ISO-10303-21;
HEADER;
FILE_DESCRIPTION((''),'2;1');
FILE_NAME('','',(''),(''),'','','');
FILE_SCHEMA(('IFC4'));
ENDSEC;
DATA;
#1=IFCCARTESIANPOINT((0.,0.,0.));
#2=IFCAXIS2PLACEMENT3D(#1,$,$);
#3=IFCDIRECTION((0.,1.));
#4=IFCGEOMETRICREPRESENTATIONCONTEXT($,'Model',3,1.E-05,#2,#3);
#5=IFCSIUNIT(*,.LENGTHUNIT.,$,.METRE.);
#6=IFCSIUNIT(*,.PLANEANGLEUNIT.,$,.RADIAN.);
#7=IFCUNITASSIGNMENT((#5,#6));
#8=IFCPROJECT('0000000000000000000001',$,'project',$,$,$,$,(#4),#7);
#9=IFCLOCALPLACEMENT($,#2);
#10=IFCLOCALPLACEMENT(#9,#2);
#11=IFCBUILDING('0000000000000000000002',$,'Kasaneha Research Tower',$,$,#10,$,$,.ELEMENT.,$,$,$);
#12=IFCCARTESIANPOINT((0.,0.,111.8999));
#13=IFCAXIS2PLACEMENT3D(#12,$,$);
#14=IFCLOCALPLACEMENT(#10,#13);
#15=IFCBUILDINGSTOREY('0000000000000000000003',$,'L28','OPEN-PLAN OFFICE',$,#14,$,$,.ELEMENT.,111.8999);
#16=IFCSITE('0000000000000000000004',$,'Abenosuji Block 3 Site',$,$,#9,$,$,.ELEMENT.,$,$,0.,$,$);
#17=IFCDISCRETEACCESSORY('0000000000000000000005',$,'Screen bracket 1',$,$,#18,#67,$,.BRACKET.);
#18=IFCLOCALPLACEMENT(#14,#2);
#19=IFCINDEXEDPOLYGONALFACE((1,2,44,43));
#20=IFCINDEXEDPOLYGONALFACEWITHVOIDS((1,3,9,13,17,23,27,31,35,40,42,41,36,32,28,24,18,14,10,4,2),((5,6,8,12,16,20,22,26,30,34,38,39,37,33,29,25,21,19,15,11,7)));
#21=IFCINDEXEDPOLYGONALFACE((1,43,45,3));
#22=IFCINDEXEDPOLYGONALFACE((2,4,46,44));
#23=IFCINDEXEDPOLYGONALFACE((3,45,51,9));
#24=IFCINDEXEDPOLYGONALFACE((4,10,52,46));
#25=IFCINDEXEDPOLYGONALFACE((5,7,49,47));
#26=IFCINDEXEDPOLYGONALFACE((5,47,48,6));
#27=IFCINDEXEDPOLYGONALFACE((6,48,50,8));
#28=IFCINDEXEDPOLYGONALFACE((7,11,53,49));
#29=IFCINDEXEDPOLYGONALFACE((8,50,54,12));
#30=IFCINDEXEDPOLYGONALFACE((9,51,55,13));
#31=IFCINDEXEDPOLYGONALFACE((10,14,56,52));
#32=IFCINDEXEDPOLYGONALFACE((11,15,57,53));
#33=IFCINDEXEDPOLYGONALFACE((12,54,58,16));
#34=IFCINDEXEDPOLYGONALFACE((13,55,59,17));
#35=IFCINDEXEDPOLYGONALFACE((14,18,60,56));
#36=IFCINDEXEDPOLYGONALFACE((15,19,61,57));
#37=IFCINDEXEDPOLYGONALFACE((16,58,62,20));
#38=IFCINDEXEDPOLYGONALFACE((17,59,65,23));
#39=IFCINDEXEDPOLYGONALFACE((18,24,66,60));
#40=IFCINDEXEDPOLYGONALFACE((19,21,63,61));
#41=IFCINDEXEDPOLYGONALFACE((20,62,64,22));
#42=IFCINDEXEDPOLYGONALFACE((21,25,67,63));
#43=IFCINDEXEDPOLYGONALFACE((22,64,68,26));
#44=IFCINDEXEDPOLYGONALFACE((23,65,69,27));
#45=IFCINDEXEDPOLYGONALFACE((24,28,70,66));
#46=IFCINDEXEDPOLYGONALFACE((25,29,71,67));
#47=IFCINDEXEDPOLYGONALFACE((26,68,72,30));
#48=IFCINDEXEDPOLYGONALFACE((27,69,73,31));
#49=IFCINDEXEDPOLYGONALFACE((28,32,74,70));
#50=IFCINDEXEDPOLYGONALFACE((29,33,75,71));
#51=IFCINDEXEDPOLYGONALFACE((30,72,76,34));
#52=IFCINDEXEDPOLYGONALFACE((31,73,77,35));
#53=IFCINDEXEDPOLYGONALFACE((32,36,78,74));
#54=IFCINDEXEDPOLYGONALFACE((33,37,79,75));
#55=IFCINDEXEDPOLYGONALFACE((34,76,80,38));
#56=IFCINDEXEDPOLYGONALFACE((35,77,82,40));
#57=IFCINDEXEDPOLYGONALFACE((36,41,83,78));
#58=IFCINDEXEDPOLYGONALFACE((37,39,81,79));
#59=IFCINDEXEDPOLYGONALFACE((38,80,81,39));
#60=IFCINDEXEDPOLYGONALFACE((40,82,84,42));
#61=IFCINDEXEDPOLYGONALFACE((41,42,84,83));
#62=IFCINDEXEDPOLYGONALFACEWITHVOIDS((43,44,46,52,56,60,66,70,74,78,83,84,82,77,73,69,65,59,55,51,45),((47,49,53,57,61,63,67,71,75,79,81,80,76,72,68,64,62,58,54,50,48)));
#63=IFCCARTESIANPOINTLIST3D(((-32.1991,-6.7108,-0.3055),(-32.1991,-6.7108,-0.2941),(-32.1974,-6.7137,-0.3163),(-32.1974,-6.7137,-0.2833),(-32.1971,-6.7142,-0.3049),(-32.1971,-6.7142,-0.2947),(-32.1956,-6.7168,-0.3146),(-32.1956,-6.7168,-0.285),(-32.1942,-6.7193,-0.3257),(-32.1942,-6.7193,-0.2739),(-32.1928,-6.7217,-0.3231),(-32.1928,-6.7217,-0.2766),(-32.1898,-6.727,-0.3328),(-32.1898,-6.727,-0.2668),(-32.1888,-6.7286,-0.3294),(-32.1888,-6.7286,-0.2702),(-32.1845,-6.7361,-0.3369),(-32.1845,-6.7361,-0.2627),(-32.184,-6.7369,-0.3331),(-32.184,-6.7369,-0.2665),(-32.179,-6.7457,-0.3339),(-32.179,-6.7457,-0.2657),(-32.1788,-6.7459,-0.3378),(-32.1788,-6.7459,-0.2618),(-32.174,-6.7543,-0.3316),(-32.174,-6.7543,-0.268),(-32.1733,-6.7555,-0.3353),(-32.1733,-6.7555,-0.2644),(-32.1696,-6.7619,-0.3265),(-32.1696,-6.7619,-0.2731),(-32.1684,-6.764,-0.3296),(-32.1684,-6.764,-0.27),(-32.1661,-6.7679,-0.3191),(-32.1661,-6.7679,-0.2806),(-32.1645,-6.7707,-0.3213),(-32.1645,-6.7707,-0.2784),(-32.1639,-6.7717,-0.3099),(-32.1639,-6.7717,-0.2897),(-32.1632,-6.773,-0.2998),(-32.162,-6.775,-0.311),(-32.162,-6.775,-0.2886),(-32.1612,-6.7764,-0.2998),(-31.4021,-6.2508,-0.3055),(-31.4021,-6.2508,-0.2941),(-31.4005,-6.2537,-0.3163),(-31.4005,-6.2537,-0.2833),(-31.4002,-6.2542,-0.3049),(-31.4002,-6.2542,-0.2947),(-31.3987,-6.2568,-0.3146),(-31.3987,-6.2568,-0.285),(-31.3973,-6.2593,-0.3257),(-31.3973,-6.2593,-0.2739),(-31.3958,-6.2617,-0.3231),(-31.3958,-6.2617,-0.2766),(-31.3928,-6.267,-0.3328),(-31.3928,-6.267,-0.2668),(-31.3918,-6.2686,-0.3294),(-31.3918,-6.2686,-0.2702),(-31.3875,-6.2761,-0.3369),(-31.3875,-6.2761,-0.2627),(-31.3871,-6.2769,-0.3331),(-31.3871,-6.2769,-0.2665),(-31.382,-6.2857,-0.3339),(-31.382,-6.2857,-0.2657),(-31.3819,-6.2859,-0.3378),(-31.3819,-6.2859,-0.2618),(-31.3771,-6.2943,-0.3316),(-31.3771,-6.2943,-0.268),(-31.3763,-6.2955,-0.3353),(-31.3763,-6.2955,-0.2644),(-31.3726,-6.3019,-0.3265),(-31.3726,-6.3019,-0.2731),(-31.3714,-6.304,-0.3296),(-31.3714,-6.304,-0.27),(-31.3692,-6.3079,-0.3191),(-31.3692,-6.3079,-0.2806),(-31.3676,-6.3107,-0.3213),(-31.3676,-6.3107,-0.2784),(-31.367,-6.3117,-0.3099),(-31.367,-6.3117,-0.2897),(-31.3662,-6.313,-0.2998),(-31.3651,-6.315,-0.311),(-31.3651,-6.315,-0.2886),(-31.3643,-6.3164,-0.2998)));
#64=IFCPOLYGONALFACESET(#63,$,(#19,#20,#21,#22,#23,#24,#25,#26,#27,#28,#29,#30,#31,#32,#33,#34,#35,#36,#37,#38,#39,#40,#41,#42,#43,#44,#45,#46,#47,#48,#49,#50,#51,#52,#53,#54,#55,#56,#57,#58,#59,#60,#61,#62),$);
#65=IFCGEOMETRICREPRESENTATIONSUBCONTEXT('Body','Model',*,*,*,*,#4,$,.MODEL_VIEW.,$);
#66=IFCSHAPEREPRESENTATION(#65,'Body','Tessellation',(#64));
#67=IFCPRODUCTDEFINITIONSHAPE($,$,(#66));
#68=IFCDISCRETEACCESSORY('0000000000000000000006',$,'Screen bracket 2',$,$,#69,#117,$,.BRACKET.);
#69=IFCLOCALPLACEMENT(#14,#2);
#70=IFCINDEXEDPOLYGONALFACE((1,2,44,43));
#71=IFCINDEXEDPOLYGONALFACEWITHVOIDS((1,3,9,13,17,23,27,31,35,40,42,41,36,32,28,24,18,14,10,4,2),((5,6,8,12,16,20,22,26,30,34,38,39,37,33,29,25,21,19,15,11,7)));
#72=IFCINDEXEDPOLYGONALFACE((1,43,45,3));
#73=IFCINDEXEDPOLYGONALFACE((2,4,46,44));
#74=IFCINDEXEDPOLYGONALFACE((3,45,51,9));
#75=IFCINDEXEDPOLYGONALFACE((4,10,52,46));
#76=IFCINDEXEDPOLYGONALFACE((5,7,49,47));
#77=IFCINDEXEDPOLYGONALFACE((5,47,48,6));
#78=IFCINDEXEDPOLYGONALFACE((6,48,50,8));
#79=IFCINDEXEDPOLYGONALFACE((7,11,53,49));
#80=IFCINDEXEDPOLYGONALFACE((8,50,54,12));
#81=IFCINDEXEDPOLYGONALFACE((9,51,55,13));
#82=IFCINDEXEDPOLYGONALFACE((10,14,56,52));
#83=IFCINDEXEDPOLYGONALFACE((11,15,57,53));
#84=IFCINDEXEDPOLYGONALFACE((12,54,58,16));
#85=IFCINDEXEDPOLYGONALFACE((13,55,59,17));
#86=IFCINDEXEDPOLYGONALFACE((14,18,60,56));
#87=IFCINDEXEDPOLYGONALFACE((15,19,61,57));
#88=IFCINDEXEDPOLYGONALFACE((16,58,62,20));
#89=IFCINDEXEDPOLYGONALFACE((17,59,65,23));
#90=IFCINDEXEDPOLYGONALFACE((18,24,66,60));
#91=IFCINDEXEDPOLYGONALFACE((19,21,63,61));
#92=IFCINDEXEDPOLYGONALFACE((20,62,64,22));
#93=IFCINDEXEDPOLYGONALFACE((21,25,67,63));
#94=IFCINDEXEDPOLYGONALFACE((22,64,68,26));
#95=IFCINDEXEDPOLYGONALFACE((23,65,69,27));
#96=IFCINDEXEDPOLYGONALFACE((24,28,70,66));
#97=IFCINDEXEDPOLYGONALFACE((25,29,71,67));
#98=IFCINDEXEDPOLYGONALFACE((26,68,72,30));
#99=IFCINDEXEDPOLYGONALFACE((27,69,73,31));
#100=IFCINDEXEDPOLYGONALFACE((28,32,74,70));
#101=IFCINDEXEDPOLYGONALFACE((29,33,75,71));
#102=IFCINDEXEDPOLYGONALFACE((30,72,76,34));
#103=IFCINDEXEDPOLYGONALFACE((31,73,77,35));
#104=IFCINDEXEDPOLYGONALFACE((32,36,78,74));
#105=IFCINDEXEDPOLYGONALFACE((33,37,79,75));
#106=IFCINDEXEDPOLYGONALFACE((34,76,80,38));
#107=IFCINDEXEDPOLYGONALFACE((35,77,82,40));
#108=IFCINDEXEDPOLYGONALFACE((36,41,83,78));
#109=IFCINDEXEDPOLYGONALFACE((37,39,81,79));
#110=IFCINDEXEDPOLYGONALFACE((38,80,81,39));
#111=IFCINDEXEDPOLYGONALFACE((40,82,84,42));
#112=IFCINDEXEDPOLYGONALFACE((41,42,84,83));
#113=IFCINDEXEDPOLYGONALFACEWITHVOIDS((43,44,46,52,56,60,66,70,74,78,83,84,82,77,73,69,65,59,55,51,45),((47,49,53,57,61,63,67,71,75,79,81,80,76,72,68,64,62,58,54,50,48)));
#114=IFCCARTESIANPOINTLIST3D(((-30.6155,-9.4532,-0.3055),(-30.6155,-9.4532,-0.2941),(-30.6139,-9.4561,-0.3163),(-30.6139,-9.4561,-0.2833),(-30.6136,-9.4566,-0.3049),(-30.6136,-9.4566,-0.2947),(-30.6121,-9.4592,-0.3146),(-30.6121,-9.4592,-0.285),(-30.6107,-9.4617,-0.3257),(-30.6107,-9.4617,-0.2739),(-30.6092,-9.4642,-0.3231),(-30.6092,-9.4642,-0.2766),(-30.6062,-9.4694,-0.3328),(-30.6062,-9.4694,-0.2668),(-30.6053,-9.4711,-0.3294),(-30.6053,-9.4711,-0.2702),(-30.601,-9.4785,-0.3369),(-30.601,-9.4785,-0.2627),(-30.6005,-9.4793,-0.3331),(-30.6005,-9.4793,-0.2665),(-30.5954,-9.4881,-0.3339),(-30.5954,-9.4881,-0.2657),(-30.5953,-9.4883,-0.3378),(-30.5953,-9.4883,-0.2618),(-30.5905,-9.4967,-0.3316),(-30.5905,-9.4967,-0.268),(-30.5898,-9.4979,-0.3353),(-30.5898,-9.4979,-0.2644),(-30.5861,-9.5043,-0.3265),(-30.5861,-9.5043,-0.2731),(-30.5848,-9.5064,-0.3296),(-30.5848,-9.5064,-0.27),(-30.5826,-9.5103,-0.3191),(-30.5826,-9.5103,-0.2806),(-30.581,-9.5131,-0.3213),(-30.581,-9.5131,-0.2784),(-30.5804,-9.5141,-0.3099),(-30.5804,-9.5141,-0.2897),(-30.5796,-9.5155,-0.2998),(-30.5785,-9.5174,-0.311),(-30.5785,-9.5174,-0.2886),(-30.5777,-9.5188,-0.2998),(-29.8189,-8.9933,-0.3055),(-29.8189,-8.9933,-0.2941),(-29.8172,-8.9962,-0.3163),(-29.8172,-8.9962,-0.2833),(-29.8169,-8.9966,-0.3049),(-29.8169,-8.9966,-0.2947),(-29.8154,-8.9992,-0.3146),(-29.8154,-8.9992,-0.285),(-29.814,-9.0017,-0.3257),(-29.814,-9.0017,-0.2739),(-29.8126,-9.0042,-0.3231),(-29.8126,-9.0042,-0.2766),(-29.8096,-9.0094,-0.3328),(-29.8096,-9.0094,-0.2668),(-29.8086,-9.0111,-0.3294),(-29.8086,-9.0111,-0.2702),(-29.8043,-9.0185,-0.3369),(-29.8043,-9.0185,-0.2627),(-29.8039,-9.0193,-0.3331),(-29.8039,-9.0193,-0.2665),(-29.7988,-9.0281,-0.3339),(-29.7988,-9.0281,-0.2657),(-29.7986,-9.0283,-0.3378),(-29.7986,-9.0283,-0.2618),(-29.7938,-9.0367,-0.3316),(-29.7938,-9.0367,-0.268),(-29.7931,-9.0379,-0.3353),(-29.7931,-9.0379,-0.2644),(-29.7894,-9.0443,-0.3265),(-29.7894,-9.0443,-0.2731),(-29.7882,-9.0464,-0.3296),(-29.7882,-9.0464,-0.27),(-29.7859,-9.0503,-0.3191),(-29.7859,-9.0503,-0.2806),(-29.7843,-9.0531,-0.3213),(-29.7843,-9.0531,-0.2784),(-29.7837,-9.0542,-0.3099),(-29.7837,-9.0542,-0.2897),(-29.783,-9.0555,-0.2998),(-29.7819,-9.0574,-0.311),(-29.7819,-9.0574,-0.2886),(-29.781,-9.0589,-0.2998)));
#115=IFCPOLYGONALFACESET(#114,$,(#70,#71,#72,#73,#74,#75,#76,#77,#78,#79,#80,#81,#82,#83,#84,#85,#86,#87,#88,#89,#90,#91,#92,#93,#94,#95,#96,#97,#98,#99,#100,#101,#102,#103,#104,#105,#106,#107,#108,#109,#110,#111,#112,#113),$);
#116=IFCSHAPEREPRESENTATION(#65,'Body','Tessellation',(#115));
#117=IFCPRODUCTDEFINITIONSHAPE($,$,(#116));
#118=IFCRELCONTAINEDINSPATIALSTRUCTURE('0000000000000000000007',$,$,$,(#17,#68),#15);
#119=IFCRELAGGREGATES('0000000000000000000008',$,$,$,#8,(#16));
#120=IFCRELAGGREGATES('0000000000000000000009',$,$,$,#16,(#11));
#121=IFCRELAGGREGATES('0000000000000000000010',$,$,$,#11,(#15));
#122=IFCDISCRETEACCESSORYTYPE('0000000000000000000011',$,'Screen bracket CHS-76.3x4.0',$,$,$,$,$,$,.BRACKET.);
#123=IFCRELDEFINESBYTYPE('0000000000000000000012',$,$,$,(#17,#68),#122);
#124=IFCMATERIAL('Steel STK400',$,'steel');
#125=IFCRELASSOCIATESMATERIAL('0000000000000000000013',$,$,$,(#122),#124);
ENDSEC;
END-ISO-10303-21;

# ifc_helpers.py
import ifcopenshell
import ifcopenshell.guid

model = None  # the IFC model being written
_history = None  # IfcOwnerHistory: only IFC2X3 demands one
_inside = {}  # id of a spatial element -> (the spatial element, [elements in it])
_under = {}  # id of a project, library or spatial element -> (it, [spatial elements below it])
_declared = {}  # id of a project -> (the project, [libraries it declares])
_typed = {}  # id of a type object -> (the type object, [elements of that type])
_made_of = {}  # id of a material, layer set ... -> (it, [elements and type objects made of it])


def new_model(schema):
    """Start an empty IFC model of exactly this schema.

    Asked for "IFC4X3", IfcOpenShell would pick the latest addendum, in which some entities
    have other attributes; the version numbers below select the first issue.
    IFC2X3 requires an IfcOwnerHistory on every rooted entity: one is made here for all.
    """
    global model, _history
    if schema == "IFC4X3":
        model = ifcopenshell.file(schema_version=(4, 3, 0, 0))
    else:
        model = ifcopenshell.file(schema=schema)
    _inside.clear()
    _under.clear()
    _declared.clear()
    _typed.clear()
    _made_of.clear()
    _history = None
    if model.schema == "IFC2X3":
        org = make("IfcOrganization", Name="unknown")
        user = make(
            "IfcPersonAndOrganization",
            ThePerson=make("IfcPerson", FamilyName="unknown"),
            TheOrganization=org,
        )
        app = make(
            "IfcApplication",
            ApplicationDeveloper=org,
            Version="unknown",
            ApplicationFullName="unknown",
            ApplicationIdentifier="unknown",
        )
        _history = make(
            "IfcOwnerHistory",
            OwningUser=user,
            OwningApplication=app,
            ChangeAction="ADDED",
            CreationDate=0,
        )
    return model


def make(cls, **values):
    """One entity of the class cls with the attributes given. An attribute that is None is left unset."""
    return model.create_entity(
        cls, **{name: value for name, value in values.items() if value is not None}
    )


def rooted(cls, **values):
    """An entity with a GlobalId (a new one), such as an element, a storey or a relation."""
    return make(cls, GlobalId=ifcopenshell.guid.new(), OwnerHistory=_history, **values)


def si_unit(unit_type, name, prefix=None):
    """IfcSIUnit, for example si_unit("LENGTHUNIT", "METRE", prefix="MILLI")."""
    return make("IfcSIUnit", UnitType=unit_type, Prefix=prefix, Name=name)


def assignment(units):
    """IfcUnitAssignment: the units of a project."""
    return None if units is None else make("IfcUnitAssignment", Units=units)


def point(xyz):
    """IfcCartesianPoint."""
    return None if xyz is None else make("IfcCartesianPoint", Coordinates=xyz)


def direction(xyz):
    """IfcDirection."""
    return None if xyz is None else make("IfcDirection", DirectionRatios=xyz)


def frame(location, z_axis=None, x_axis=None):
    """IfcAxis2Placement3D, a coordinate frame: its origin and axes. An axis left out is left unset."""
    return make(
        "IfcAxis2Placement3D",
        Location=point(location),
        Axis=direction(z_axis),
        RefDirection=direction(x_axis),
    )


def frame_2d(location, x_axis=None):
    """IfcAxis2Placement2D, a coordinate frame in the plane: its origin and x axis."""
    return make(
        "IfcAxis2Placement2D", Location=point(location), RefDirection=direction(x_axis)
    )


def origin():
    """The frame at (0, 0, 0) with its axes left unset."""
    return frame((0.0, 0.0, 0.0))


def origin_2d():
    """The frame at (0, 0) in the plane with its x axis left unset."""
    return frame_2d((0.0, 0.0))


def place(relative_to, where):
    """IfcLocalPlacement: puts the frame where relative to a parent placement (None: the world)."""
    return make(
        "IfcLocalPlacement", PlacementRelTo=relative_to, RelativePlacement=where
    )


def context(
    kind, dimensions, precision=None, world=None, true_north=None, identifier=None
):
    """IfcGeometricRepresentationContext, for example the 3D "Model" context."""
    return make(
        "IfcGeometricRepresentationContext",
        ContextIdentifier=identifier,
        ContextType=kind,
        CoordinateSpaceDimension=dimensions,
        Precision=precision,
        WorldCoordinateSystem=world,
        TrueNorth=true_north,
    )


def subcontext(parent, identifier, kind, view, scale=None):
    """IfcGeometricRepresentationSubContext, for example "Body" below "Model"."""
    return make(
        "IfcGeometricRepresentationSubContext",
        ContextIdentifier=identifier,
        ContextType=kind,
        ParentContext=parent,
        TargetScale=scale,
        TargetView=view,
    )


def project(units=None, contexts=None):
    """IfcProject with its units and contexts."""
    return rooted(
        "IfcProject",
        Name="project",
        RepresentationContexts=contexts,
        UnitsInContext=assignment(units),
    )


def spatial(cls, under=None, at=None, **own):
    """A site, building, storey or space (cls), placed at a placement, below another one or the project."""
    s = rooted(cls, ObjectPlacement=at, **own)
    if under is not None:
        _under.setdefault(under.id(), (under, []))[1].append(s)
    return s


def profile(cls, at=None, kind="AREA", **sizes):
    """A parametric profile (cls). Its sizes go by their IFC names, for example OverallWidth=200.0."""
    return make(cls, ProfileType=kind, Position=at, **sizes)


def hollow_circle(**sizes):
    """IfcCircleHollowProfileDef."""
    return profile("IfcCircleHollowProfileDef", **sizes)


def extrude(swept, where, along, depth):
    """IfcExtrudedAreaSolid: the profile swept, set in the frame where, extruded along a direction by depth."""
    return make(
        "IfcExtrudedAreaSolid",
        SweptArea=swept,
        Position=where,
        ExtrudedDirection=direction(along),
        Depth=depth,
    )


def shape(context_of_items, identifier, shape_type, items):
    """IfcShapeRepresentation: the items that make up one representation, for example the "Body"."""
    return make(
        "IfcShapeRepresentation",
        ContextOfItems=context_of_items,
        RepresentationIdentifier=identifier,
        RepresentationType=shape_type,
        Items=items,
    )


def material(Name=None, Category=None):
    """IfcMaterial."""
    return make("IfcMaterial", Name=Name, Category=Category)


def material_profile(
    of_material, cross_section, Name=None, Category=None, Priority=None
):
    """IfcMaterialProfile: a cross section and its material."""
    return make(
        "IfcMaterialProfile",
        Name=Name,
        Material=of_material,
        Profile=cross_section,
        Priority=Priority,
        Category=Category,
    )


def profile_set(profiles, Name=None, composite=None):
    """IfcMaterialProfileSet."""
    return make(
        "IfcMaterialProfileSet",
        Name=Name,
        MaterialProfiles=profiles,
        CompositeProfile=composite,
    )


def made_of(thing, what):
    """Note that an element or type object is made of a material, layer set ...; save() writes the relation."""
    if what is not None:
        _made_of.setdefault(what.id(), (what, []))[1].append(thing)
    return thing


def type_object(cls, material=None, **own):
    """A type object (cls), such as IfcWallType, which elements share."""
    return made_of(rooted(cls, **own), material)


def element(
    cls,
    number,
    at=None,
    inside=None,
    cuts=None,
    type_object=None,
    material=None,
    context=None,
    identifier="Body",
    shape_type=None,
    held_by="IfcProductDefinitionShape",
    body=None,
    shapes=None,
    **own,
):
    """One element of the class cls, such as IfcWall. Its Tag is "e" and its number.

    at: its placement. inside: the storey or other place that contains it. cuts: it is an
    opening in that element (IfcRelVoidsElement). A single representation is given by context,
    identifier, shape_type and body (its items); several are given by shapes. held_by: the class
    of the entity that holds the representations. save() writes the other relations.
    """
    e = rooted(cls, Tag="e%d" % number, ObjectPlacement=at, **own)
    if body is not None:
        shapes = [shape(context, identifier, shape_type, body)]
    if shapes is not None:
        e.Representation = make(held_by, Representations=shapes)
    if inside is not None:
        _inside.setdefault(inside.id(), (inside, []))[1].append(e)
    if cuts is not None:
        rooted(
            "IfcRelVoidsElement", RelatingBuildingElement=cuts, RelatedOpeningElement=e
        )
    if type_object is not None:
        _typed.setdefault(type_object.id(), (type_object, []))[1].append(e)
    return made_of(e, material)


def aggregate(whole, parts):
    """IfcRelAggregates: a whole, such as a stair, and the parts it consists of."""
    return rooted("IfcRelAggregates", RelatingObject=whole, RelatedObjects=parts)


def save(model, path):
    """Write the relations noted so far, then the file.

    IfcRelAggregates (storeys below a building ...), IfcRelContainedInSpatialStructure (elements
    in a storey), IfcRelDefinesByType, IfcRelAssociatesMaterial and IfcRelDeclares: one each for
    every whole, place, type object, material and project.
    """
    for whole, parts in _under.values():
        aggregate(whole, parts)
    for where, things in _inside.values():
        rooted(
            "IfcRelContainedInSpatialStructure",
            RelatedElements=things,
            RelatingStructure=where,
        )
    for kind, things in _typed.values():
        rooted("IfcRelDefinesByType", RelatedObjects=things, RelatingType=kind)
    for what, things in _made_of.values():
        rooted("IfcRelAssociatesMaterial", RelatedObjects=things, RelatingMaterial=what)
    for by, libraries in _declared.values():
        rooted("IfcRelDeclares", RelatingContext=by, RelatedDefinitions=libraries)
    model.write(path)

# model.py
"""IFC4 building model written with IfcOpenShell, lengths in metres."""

from ifc_helpers import new_model, si_unit, direction, frame, origin, origin_2d, place, context, subcontext, project, spatial, hollow_circle, extrude, material, material_profile, profile_set, type_object, element, save


model = new_model("IFC4")

# Units and contexts
model_context = context("Model", 3, precision=1e-05, world=origin(), true_north=direction((0.0, 1.0)))
body_context = subcontext(model_context, "Body", "Model", "MODEL_VIEW")
ifc_project = project(units=[si_unit("LENGTHUNIT", "METRE"), si_unit("PLANEANGLEUNIT", "RADIAN")], contexts=[model_context])

# Site, building, storey
site_placement = place(None, origin())
site = spatial("IfcSite", under=ifc_project, at=site_placement, Name="Abenosuji Block 3 Site", CompositionType="ELEMENT", RefElevation=0.0)
building_placement = place(site_placement, origin())
building = spatial("IfcBuilding", under=site, at=building_placement, Name="Kasaneha Research Tower", CompositionType="ELEMENT")
storey_placement = place(building_placement, frame((0.0, 0.0, 111.8999)))
storey = spatial("IfcBuildingStorey", under=building, at=storey_placement, Name="L28", Description="OPEN-PLAN OFFICE", CompositionType="ELEMENT", Elevation=111.8999)

# Discrete accessories
ifc_material_1 = material(Name="Steel STK400", Category="steel")
ifc_material_profile_1 = material_profile(ifc_material_1, hollow_circle(Radius=0.0381, WallThickness=0.0039, at=origin_2d()), Name="CHS-76.3x4.0")
ifc_profile_set_1 = profile_set([ifc_material_profile_1], Name="Steel STK400")
discrete_accessory_type = type_object("IfcDiscreteAccessoryType", Name="Screen bracket CHS-76.3x4.0", PredefinedType="BRACKET", material=ifc_profile_set_1)
discrete_accessory_1_placement = place(storey_placement, frame((-31.3833, -6.2834, -0.2998), z_axis=(-0.86608, -0.499906, 0.0), x_axis=(0.499906, -0.86608, 0.0)))
element("IfcDiscreteAccessory", 1, at=discrete_accessory_1_placement, inside=storey, type_object=discrete_accessory_type, Name="Screen bracket 1", PredefinedType="BRACKET", context=body_context, shape_type="SweptSolid", body=[
    extrude(hollow_circle(Radius=0.0381, WallThickness=0.0039, at=origin_2d()), origin(), (0.0, 0.0, 1.0), 0.9202),
])
discrete_accessory_2_placement = place(storey_placement, frame((-29.8, -9.0259, -0.2998), z_axis=(-0.866013, -0.500021, 0.0), x_axis=(0.500021, -0.866013, 0.0)))
element("IfcDiscreteAccessory", 2, at=discrete_accessory_2_placement, inside=storey, type_object=discrete_accessory_type, Name="Screen bracket 2", PredefinedType="BRACKET", context=body_context, shape_type="SweptSolid", body=[
    extrude(hollow_circle(Radius=0.0381, WallThickness=0.0039, at=origin_2d()), origin(), (0.0, 0.0, 1.0), 0.9199),
])

save(model, "model.ifc")
